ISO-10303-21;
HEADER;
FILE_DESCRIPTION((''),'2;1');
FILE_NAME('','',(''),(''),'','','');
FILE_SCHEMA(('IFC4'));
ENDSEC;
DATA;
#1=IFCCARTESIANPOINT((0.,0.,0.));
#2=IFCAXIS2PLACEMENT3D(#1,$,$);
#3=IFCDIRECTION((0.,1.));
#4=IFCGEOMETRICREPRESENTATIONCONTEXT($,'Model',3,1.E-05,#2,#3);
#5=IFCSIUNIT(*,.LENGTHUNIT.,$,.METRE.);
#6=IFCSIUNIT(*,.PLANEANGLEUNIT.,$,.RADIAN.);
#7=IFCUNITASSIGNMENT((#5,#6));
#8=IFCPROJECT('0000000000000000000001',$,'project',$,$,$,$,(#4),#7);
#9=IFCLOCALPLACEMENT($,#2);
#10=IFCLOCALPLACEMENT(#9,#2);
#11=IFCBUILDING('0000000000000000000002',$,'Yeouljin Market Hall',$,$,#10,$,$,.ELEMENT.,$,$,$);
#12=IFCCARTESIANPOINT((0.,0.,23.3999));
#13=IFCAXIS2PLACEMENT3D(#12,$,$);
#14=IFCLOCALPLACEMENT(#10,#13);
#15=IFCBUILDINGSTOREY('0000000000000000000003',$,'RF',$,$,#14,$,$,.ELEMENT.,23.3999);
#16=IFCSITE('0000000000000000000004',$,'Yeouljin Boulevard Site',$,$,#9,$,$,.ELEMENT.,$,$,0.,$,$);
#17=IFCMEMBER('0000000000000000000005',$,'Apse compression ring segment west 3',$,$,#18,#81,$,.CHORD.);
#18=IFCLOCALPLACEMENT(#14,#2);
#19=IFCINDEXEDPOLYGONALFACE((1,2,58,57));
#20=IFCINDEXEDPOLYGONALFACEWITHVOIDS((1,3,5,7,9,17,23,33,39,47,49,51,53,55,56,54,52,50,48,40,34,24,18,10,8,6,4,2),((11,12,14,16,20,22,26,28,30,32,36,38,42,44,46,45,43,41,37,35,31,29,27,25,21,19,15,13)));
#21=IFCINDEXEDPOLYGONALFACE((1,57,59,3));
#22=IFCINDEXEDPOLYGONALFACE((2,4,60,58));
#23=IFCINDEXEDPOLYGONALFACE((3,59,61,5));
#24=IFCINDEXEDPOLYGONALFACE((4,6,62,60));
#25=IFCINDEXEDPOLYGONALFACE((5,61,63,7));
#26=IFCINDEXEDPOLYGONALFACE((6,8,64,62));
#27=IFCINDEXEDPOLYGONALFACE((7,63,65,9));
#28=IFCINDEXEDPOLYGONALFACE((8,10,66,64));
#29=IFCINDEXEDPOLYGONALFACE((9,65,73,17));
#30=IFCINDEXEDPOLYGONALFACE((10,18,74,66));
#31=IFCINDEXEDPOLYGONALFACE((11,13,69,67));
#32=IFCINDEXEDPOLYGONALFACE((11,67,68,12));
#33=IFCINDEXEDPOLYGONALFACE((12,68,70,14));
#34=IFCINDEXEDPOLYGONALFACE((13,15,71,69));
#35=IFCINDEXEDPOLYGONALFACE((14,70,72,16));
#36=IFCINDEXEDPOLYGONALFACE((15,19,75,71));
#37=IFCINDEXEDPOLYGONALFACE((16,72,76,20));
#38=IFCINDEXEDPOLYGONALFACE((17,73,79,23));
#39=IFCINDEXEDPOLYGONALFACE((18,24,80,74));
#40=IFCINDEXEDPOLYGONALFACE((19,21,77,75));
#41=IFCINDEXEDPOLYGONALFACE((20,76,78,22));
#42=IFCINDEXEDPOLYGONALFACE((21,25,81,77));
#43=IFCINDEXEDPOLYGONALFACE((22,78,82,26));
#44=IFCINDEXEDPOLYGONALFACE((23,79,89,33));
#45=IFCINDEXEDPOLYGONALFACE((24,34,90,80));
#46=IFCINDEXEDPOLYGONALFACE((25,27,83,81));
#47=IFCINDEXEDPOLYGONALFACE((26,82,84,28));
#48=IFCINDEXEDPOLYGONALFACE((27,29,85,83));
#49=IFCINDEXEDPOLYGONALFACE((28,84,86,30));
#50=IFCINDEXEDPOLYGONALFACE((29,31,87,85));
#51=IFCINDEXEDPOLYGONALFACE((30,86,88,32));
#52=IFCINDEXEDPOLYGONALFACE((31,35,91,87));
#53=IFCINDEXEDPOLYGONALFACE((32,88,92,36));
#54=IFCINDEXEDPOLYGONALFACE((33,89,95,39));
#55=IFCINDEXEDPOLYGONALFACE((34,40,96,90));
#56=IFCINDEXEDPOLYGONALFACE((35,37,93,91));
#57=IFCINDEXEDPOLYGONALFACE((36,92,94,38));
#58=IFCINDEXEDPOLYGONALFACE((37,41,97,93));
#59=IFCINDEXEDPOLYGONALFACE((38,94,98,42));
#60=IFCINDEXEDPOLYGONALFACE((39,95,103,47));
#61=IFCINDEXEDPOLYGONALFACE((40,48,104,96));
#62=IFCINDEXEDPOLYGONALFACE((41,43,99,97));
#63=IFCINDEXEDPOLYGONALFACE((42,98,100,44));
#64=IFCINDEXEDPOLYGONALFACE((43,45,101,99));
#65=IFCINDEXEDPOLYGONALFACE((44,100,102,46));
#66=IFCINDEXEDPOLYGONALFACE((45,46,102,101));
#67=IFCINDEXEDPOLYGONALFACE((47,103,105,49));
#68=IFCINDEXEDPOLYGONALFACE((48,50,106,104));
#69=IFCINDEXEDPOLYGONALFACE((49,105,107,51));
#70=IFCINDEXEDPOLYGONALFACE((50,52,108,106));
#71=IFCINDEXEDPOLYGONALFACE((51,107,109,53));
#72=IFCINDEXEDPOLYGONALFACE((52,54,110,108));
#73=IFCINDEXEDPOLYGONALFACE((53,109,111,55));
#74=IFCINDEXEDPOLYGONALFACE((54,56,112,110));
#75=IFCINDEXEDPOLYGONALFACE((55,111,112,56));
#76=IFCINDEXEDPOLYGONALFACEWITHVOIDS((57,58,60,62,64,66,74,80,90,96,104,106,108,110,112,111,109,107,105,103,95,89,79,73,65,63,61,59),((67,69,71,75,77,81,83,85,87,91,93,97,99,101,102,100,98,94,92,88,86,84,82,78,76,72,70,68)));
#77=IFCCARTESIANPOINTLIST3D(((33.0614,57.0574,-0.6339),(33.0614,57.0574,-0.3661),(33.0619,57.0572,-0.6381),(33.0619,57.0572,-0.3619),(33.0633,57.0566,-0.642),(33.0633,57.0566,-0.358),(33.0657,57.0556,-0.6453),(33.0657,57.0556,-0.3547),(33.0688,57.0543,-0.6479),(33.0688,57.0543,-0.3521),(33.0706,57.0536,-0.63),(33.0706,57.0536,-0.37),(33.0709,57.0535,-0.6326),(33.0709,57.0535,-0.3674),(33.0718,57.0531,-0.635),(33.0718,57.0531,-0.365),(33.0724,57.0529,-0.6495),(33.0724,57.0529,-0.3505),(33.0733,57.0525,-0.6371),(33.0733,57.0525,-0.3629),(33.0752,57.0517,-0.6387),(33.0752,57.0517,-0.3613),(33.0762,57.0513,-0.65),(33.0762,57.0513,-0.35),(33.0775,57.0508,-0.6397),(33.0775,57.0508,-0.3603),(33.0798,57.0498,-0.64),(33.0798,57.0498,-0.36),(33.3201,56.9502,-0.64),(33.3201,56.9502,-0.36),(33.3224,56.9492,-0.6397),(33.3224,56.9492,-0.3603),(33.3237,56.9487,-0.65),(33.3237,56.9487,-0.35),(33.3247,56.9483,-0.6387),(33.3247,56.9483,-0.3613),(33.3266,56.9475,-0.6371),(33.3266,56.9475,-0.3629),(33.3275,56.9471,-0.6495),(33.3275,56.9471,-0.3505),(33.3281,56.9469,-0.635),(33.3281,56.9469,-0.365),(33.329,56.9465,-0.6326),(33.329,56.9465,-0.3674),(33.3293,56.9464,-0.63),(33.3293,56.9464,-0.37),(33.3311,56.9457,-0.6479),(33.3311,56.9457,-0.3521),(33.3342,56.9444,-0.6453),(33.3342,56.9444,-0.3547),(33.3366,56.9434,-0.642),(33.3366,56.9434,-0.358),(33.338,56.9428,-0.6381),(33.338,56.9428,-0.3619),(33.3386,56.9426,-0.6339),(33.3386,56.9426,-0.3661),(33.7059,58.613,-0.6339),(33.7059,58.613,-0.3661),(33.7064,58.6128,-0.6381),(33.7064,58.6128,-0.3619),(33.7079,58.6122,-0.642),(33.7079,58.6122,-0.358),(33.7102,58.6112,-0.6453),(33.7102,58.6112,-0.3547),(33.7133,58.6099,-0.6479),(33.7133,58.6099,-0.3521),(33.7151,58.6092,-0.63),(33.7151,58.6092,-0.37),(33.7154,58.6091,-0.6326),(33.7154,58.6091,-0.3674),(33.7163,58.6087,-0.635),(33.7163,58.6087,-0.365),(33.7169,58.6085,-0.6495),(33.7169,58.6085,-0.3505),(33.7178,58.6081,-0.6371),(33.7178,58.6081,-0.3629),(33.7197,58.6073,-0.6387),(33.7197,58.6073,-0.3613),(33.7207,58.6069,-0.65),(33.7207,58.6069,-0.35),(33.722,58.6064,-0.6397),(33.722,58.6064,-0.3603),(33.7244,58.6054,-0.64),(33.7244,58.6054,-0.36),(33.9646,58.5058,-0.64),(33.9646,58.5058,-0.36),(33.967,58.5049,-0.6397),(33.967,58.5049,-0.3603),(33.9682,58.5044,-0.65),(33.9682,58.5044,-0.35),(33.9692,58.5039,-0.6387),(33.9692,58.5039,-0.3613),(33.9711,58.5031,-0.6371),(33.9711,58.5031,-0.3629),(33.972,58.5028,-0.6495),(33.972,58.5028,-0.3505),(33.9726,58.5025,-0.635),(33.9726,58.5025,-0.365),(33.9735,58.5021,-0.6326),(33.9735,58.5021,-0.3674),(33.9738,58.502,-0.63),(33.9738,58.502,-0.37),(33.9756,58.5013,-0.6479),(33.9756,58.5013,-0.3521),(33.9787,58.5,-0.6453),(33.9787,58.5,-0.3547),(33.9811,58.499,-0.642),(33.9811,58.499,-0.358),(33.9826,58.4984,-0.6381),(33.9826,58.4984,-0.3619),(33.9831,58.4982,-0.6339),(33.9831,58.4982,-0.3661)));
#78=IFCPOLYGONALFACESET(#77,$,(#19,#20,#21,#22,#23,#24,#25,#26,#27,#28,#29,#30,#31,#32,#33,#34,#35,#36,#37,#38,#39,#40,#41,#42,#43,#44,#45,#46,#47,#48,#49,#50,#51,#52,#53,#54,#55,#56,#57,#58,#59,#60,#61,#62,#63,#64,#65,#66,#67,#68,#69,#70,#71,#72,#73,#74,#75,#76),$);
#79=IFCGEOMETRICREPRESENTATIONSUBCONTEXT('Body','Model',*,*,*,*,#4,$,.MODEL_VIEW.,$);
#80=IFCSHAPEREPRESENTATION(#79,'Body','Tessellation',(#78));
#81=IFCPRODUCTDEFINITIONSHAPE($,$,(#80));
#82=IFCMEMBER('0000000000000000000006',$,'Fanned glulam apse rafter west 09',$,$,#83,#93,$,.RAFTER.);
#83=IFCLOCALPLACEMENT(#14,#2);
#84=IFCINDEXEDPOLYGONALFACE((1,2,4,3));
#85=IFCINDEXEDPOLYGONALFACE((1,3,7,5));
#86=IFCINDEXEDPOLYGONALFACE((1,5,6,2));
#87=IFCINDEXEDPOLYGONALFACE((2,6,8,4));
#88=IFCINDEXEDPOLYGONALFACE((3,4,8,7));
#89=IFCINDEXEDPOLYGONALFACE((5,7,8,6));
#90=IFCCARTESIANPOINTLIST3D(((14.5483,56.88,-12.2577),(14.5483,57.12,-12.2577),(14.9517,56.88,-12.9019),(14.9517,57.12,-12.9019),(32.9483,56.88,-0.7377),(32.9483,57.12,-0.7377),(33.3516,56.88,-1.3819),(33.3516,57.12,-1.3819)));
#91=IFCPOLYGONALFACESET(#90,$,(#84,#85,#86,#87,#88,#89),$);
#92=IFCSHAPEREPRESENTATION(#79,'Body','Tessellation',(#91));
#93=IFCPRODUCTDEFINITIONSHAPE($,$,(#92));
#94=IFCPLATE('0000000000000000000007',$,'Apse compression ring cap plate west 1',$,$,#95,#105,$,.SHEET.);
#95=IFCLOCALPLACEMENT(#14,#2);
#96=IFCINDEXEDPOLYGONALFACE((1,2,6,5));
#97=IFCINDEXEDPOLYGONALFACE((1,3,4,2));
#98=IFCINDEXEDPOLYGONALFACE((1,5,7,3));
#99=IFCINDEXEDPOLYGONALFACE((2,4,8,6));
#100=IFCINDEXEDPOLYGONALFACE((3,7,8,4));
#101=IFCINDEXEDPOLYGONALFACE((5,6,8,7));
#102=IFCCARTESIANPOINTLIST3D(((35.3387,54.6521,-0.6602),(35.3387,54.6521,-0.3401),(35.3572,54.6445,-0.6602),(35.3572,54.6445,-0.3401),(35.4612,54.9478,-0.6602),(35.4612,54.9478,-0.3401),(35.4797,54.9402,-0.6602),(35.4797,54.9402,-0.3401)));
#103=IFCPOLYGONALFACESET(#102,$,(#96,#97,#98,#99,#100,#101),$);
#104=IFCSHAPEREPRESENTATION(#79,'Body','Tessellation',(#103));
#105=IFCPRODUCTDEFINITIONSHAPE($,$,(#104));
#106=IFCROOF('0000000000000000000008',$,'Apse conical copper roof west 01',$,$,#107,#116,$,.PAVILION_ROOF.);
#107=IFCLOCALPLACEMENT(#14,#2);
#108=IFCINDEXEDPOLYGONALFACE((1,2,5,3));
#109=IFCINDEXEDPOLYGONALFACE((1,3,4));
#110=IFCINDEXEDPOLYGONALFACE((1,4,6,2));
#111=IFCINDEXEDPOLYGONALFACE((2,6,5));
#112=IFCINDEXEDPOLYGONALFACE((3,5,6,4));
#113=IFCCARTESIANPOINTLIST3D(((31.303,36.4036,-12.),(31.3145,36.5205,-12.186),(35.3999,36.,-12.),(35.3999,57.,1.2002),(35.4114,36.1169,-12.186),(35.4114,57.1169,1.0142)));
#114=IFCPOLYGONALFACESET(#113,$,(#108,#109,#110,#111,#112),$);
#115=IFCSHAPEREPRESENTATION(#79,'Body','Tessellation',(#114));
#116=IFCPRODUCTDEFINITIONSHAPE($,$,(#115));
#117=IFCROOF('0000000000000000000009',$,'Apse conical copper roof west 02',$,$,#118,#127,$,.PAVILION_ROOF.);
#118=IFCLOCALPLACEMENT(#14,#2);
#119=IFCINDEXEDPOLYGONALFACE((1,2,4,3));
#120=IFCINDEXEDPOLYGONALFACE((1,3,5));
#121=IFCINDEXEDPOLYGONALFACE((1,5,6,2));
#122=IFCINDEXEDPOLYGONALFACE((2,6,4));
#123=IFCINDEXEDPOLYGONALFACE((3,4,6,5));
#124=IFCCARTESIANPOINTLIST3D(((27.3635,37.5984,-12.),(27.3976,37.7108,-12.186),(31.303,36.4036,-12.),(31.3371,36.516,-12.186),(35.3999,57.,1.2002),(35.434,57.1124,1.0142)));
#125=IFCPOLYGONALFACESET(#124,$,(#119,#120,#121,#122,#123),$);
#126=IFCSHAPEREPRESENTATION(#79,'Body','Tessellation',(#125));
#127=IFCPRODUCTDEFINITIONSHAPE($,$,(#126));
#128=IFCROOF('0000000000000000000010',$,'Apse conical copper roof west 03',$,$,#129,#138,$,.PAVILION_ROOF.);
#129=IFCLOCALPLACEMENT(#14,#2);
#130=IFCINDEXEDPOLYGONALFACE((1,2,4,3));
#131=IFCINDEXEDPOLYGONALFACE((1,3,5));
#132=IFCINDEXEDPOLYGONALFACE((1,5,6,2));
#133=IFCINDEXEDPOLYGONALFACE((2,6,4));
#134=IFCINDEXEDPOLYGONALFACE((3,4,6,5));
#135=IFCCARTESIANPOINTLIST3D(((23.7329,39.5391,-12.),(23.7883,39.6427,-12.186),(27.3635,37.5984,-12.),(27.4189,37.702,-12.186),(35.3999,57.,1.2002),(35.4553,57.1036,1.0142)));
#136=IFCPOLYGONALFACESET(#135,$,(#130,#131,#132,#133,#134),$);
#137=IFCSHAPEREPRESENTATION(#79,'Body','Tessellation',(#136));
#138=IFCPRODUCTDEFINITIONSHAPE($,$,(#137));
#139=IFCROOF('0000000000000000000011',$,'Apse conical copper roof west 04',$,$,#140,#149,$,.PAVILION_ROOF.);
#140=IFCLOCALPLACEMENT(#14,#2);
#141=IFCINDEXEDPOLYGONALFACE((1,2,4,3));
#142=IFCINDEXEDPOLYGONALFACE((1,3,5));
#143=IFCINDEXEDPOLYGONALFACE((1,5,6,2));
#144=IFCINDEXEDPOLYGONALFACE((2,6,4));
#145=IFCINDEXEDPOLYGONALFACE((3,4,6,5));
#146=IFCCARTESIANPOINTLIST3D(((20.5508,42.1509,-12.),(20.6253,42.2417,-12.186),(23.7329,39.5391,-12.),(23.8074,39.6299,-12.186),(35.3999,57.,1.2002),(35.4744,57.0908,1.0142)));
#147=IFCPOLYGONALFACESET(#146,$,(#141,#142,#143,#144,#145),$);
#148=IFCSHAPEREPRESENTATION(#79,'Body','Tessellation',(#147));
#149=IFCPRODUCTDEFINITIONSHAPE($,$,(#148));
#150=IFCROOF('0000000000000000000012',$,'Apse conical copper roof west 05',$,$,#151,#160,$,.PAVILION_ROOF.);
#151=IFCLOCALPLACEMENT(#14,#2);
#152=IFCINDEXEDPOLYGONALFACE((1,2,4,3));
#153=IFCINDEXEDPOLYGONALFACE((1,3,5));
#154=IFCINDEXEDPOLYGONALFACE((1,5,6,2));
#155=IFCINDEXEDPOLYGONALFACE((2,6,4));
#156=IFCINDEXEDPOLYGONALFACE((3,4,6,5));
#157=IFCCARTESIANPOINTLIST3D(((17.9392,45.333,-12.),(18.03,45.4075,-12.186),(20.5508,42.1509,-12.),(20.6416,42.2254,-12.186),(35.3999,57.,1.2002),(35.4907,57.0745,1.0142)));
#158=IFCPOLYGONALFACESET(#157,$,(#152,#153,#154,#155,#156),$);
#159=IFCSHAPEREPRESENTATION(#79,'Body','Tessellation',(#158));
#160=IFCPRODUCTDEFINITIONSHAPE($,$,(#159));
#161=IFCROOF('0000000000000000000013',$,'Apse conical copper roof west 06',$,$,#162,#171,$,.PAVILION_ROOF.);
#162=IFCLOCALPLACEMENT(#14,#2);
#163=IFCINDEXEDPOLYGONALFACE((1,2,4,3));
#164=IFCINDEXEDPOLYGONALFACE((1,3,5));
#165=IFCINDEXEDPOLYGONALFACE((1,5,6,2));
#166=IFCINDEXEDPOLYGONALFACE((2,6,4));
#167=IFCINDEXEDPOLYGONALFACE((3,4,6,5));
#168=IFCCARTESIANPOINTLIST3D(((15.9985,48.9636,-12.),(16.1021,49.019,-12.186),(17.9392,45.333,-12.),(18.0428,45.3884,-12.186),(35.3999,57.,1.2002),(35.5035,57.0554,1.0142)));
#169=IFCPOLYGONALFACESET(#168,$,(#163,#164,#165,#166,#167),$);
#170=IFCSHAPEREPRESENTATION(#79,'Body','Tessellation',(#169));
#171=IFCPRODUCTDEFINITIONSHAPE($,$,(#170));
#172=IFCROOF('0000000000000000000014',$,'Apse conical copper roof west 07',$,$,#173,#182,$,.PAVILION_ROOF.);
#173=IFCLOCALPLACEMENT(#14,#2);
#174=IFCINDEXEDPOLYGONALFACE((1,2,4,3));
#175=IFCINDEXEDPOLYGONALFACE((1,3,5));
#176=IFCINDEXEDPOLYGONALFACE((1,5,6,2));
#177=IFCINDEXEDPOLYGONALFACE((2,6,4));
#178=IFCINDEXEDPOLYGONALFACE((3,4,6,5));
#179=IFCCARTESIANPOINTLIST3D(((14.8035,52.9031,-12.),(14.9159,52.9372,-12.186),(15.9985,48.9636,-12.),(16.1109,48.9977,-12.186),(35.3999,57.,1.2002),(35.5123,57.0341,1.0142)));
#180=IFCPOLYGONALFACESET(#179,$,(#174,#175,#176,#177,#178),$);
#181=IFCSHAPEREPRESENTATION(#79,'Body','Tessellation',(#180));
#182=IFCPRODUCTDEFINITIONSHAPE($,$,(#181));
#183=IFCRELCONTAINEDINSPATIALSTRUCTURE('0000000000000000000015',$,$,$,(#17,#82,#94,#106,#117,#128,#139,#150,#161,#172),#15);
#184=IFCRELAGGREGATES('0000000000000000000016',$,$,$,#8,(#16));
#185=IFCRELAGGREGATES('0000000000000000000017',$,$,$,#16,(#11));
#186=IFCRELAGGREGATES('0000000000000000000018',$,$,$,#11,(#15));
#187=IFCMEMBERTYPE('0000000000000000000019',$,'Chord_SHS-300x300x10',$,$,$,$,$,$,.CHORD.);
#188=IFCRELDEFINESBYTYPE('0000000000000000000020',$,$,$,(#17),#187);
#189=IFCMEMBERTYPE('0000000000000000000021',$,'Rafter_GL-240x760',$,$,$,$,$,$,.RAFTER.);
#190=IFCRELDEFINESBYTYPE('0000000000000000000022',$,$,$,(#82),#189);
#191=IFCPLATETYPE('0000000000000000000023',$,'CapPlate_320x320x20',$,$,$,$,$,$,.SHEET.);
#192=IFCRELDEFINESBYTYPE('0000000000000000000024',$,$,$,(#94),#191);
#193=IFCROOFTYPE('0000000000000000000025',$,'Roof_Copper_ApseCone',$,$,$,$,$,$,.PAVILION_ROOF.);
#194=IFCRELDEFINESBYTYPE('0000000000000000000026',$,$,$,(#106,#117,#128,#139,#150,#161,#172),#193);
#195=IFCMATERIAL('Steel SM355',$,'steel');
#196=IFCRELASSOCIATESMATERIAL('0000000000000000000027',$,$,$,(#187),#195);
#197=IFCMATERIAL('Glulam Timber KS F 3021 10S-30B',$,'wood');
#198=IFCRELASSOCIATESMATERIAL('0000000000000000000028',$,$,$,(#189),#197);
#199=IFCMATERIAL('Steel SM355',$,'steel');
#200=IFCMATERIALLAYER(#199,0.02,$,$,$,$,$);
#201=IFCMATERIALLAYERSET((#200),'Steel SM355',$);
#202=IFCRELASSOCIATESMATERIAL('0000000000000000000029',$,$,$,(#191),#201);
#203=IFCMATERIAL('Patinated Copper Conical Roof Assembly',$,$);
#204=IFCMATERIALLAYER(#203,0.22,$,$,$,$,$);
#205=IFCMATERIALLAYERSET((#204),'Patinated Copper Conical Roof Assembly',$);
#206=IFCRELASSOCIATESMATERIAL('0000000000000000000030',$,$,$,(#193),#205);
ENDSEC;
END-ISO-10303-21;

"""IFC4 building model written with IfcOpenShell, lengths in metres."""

from ifc_helpers import new_model, si_unit, direction, frame, origin, origin_2d, place, context, subcontext, project, spatial, polyline, rectangle, hollow_rectangle, outline, extrude, material, layer, layer_set, material_profile, profile_set, type_object, element, save


model = new_model("IFC4")

# Units and contexts
model_context = context("Model", 3, precision=1e-05, world=origin(), true_north=direction((0.0, 1.0)))
body_context = subcontext(model_context, "Body", "Model", "MODEL_VIEW")
ifc_project = project(units=[si_unit("LENGTHUNIT", "METRE"), si_unit("PLANEANGLEUNIT", "RADIAN")], contexts=[model_context])

# Site, building, storey
site_placement = place(None, origin())
site = spatial("IfcSite", under=ifc_project, at=site_placement, Name="Yeouljin Boulevard Site", CompositionType="ELEMENT", RefElevation=0.0)
building_placement = place(site_placement, origin())
building = spatial("IfcBuilding", under=site, at=building_placement, Name="Yeouljin Market Hall", CompositionType="ELEMENT")
storey_placement = place(building_placement, frame((0.0, 0.0, 23.3999)))
storey = spatial("IfcBuildingStorey", under=building, at=storey_placement, Name="RF", CompositionType="ELEMENT", Elevation=23.3999)

# Members
ifc_material_1 = material(Name="Steel SM355", Category="steel")
ifc_material_profile_1 = material_profile(ifc_material_1, hollow_rectangle(XDim=0.3, YDim=0.3, WallThickness=0.01, InnerFilletRadius=0.01, OuterFilletRadius=0.0161, at=origin_2d()), Name="SHS-300x300x10")
ifc_profile_set_1 = profile_set([ifc_material_profile_1], Name="Steel SM355")
member_type_1 = type_object("IfcMemberType", Name="Chord_SHS-300x300x10", PredefinedType="CHORD", material=ifc_profile_set_1)
for number, where, z_axis, x_axis, name in (
    (1, (33.2, 57.0, -0.5), (0.382762, 0.923847, 0.0), (-0.923847, 0.382762, 0.0), "Apse compression ring segment west 3"),
):
    element("IfcMember", number, at=place(storey_placement, frame(where, z_axis=z_axis, x_axis=x_axis)), inside=storey, type_object=member_type_1, Name=name, PredefinedType="CHORD", context=body_context, shape_type="SweptSolid", body=[
        extrude(hollow_rectangle(XDim=0.3, YDim=0.3, WallThickness=0.01, InnerFilletRadius=0.01, OuterFilletRadius=0.0161, at=origin_2d()), origin(), (0.0, 0.0, 1.0), 1.6838),
    ])
ifc_material_2 = material(Name="Glulam Timber KS F 3021 10S-30B", Category="wood")
ifc_material_profile_2 = material_profile(ifc_material_2, rectangle(XDim=0.24, YDim=0.76, at=origin_2d()), Name="GL-240x760")
ifc_profile_set_2 = profile_set([ifc_material_profile_2], Name="Glulam Timber KS F 3021 10S-30B")
member_type_2 = type_object("IfcMemberType", Name="Rafter_GL-240x760", PredefinedType="RAFTER", material=ifc_profile_set_2)
member_1_placement = place(storey_placement, frame((14.75, 57.0, -12.5798), z_axis=(0.847582, 0.0, 0.530664), x_axis=(0.0, 1.0, 0.0)))
element("IfcMember", 2, at=member_1_placement, inside=storey, type_object=member_type_2, Name="Fanned glulam apse rafter west 09", PredefinedType="RAFTER", context=body_context, shape_type="SweptSolid", body=[
    extrude(rectangle(XDim=0.24, YDim=0.76, at=origin_2d()), origin(), (0.0, 0.0, 1.0), 21.7087),
])

# Plate
ifc_material_3 = material(Name="Steel SM355", Category="steel")
ifc_layer_1 = layer(ifc_material_3, 0.02)
ifc_layer_set_1 = layer_set([ifc_layer_1], Name="Steel SM355")
plate_type = type_object("IfcPlateType", Name="CapPlate_320x320x20", PredefinedType="SHEET", material=ifc_layer_set_1)
plate_placement = place(storey_placement, frame((35.4092, 54.7961, -0.6602), z_axis=(0.0, 0.0, 1.0), x_axis=(-0.382683, -0.92388, 0.0)))
element("IfcPlate", 3, at=plate_placement, inside=storey, type_object=plate_type, Name="Apse compression ring cap plate west 1", PredefinedType="SHEET", context=body_context, shape_type="SweptSolid", body=[
    extrude(rectangle(XDim=0.3201, YDim=0.02, at=origin_2d()), origin(), (0.0, 0.0, 1.0), 0.3201),
])

# Roofs
ifc_material_4 = material(Name="Patinated Copper Conical Roof Assembly")
ifc_layer_2 = layer(ifc_material_4, 0.22)
ifc_layer_set_2 = layer_set([ifc_layer_2], Name="Patinated Copper Conical Roof Assembly")
roof_type = type_object("IfcRoofType", Name="Roof_Copper_ApseCone", PredefinedType="PAVILION_ROOF", material=ifc_layer_set_2)
roof_1_placement = place(storey_placement, frame((35.3999, 57.0, 1.2002), z_axis=(-0.05235, -0.531447, 0.845472), x_axis=(-0.165171, -0.830364, -0.532178)))
element("IfcRoof", 4, at=roof_1_placement, inside=storey, type_object=roof_type, Name="Apse conical copper roof west 01", PredefinedType="PAVILION_ROOF", context=body_context, shape_type="SweptSolid", body=[
    extrude(outline(polyline([(0.0, 0.0), (24.8041, 0.0), (24.4625, 4.1026), (0.0, 0.0)])), origin(), (0.0, 0.0, -1.0), 0.22),
])
roof_2_placement = place(storey_placement, frame((35.3999, 57.0, 1.2002), z_axis=(-0.154994, -0.511031, 0.845473), x_axis=(-0.323992, -0.782189, -0.532175)))
element("IfcRoof", 5, at=roof_2_placement, inside=storey, type_object=roof_type, Name="Apse conical copper roof west 02", PredefinedType="PAVILION_ROOF", context=body_context, shape_type="SweptSolid", body=[
    extrude(outline(polyline([(0.0, 0.0), (24.8043, 0.0), (24.4625, 4.1024), (0.0, 0.0)])), origin(), (0.0, 0.0, -1.0), 0.22),
])
roof_3_placement = place(storey_placement, frame((35.3999, 57.0, 1.2002), z_axis=(-0.251741, -0.470957, 0.845474), x_axis=(-0.470364, -0.703951, -0.532176)))
element("IfcRoof", 6, at=roof_3_placement, inside=storey, type_object=roof_type, Name="Apse conical copper roof west 03", PredefinedType="PAVILION_ROOF", context=body_context, shape_type="SweptSolid", body=[
    extrude(outline(polyline([(0.0, 0.0), (24.8042, 0.0), (24.4626, 4.1025), (0.0, 0.0)])), origin(), (0.0, 0.0, -1.0), 0.22),
])
roof_4_placement = place(storey_placement, frame((35.3999, 57.0, 1.2002), z_axis=(-0.338803, -0.412783, 0.845472), x_axis=(-0.598659, -0.598659, -0.53218)))
element("IfcRoof", 7, at=roof_4_placement, inside=storey, type_object=roof_type, Name="Apse conical copper roof west 04", PredefinedType="PAVILION_ROOF", context=body_context, shape_type="SweptSolid", body=[
    extrude(outline(polyline([(0.0, 0.0), (24.804, 0.0), (24.4626, 4.1026), (0.0, 0.0)])), origin(), (0.0, 0.0, -1.0), 0.22),
])
roof_5_placement = place(storey_placement, frame((35.3999, 57.0, 1.2002), z_axis=(-0.4128, -0.338785, 0.845471), x_axis=(-0.703946, -0.470367, -0.53218)))
element("IfcRoof", 8, at=roof_5_placement, inside=storey, type_object=roof_type, Name="Apse conical copper roof west 05", PredefinedType="PAVILION_ROOF", context=body_context, shape_type="SweptSolid", body=[
    extrude(outline(polyline([(0.0, 0.0), (24.804, 0.0), (24.4624, 4.1024), (0.0, 0.0)])), origin(), (0.0, 0.0, -1.0), 0.22),
])
roof_6_placement = place(storey_placement, frame((35.3999, 57.0, 1.2002), z_axis=(-0.470961, -0.251743, 0.845471), x_axis=(-0.782185, -0.323994, -0.532179)))
element("IfcRoof", 9, at=roof_6_placement, inside=storey, type_object=roof_type, Name="Apse conical copper roof west 06", PredefinedType="PAVILION_ROOF", context=body_context, shape_type="SweptSolid", body=[
    extrude(outline(polyline([(0.0, 0.0), (24.8041, 0.0), (24.4624, 4.1025), (0.0, 0.0)])), origin(), (0.0, 0.0, -1.0), 0.22),
])
roof_7_placement = place(storey_placement, frame((35.3999, 57.0, 1.2002), z_axis=(-0.511024, -0.155024, 0.845472), x_axis=(-0.830364, -0.165171, -0.532178)))
element("IfcRoof", 10, at=roof_7_placement, inside=storey, type_object=roof_type, Name="Apse conical copper roof west 07", PredefinedType="PAVILION_ROOF", context=body_context, shape_type="SweptSolid", body=[
    extrude(outline(polyline([(0.0, 0.0), (24.8041, 0.0), (24.4624, 4.1025), (0.0, 0.0)])), origin(), (0.0, 0.0, -1.0), 0.22),
])

save(model, "model.ifc")
